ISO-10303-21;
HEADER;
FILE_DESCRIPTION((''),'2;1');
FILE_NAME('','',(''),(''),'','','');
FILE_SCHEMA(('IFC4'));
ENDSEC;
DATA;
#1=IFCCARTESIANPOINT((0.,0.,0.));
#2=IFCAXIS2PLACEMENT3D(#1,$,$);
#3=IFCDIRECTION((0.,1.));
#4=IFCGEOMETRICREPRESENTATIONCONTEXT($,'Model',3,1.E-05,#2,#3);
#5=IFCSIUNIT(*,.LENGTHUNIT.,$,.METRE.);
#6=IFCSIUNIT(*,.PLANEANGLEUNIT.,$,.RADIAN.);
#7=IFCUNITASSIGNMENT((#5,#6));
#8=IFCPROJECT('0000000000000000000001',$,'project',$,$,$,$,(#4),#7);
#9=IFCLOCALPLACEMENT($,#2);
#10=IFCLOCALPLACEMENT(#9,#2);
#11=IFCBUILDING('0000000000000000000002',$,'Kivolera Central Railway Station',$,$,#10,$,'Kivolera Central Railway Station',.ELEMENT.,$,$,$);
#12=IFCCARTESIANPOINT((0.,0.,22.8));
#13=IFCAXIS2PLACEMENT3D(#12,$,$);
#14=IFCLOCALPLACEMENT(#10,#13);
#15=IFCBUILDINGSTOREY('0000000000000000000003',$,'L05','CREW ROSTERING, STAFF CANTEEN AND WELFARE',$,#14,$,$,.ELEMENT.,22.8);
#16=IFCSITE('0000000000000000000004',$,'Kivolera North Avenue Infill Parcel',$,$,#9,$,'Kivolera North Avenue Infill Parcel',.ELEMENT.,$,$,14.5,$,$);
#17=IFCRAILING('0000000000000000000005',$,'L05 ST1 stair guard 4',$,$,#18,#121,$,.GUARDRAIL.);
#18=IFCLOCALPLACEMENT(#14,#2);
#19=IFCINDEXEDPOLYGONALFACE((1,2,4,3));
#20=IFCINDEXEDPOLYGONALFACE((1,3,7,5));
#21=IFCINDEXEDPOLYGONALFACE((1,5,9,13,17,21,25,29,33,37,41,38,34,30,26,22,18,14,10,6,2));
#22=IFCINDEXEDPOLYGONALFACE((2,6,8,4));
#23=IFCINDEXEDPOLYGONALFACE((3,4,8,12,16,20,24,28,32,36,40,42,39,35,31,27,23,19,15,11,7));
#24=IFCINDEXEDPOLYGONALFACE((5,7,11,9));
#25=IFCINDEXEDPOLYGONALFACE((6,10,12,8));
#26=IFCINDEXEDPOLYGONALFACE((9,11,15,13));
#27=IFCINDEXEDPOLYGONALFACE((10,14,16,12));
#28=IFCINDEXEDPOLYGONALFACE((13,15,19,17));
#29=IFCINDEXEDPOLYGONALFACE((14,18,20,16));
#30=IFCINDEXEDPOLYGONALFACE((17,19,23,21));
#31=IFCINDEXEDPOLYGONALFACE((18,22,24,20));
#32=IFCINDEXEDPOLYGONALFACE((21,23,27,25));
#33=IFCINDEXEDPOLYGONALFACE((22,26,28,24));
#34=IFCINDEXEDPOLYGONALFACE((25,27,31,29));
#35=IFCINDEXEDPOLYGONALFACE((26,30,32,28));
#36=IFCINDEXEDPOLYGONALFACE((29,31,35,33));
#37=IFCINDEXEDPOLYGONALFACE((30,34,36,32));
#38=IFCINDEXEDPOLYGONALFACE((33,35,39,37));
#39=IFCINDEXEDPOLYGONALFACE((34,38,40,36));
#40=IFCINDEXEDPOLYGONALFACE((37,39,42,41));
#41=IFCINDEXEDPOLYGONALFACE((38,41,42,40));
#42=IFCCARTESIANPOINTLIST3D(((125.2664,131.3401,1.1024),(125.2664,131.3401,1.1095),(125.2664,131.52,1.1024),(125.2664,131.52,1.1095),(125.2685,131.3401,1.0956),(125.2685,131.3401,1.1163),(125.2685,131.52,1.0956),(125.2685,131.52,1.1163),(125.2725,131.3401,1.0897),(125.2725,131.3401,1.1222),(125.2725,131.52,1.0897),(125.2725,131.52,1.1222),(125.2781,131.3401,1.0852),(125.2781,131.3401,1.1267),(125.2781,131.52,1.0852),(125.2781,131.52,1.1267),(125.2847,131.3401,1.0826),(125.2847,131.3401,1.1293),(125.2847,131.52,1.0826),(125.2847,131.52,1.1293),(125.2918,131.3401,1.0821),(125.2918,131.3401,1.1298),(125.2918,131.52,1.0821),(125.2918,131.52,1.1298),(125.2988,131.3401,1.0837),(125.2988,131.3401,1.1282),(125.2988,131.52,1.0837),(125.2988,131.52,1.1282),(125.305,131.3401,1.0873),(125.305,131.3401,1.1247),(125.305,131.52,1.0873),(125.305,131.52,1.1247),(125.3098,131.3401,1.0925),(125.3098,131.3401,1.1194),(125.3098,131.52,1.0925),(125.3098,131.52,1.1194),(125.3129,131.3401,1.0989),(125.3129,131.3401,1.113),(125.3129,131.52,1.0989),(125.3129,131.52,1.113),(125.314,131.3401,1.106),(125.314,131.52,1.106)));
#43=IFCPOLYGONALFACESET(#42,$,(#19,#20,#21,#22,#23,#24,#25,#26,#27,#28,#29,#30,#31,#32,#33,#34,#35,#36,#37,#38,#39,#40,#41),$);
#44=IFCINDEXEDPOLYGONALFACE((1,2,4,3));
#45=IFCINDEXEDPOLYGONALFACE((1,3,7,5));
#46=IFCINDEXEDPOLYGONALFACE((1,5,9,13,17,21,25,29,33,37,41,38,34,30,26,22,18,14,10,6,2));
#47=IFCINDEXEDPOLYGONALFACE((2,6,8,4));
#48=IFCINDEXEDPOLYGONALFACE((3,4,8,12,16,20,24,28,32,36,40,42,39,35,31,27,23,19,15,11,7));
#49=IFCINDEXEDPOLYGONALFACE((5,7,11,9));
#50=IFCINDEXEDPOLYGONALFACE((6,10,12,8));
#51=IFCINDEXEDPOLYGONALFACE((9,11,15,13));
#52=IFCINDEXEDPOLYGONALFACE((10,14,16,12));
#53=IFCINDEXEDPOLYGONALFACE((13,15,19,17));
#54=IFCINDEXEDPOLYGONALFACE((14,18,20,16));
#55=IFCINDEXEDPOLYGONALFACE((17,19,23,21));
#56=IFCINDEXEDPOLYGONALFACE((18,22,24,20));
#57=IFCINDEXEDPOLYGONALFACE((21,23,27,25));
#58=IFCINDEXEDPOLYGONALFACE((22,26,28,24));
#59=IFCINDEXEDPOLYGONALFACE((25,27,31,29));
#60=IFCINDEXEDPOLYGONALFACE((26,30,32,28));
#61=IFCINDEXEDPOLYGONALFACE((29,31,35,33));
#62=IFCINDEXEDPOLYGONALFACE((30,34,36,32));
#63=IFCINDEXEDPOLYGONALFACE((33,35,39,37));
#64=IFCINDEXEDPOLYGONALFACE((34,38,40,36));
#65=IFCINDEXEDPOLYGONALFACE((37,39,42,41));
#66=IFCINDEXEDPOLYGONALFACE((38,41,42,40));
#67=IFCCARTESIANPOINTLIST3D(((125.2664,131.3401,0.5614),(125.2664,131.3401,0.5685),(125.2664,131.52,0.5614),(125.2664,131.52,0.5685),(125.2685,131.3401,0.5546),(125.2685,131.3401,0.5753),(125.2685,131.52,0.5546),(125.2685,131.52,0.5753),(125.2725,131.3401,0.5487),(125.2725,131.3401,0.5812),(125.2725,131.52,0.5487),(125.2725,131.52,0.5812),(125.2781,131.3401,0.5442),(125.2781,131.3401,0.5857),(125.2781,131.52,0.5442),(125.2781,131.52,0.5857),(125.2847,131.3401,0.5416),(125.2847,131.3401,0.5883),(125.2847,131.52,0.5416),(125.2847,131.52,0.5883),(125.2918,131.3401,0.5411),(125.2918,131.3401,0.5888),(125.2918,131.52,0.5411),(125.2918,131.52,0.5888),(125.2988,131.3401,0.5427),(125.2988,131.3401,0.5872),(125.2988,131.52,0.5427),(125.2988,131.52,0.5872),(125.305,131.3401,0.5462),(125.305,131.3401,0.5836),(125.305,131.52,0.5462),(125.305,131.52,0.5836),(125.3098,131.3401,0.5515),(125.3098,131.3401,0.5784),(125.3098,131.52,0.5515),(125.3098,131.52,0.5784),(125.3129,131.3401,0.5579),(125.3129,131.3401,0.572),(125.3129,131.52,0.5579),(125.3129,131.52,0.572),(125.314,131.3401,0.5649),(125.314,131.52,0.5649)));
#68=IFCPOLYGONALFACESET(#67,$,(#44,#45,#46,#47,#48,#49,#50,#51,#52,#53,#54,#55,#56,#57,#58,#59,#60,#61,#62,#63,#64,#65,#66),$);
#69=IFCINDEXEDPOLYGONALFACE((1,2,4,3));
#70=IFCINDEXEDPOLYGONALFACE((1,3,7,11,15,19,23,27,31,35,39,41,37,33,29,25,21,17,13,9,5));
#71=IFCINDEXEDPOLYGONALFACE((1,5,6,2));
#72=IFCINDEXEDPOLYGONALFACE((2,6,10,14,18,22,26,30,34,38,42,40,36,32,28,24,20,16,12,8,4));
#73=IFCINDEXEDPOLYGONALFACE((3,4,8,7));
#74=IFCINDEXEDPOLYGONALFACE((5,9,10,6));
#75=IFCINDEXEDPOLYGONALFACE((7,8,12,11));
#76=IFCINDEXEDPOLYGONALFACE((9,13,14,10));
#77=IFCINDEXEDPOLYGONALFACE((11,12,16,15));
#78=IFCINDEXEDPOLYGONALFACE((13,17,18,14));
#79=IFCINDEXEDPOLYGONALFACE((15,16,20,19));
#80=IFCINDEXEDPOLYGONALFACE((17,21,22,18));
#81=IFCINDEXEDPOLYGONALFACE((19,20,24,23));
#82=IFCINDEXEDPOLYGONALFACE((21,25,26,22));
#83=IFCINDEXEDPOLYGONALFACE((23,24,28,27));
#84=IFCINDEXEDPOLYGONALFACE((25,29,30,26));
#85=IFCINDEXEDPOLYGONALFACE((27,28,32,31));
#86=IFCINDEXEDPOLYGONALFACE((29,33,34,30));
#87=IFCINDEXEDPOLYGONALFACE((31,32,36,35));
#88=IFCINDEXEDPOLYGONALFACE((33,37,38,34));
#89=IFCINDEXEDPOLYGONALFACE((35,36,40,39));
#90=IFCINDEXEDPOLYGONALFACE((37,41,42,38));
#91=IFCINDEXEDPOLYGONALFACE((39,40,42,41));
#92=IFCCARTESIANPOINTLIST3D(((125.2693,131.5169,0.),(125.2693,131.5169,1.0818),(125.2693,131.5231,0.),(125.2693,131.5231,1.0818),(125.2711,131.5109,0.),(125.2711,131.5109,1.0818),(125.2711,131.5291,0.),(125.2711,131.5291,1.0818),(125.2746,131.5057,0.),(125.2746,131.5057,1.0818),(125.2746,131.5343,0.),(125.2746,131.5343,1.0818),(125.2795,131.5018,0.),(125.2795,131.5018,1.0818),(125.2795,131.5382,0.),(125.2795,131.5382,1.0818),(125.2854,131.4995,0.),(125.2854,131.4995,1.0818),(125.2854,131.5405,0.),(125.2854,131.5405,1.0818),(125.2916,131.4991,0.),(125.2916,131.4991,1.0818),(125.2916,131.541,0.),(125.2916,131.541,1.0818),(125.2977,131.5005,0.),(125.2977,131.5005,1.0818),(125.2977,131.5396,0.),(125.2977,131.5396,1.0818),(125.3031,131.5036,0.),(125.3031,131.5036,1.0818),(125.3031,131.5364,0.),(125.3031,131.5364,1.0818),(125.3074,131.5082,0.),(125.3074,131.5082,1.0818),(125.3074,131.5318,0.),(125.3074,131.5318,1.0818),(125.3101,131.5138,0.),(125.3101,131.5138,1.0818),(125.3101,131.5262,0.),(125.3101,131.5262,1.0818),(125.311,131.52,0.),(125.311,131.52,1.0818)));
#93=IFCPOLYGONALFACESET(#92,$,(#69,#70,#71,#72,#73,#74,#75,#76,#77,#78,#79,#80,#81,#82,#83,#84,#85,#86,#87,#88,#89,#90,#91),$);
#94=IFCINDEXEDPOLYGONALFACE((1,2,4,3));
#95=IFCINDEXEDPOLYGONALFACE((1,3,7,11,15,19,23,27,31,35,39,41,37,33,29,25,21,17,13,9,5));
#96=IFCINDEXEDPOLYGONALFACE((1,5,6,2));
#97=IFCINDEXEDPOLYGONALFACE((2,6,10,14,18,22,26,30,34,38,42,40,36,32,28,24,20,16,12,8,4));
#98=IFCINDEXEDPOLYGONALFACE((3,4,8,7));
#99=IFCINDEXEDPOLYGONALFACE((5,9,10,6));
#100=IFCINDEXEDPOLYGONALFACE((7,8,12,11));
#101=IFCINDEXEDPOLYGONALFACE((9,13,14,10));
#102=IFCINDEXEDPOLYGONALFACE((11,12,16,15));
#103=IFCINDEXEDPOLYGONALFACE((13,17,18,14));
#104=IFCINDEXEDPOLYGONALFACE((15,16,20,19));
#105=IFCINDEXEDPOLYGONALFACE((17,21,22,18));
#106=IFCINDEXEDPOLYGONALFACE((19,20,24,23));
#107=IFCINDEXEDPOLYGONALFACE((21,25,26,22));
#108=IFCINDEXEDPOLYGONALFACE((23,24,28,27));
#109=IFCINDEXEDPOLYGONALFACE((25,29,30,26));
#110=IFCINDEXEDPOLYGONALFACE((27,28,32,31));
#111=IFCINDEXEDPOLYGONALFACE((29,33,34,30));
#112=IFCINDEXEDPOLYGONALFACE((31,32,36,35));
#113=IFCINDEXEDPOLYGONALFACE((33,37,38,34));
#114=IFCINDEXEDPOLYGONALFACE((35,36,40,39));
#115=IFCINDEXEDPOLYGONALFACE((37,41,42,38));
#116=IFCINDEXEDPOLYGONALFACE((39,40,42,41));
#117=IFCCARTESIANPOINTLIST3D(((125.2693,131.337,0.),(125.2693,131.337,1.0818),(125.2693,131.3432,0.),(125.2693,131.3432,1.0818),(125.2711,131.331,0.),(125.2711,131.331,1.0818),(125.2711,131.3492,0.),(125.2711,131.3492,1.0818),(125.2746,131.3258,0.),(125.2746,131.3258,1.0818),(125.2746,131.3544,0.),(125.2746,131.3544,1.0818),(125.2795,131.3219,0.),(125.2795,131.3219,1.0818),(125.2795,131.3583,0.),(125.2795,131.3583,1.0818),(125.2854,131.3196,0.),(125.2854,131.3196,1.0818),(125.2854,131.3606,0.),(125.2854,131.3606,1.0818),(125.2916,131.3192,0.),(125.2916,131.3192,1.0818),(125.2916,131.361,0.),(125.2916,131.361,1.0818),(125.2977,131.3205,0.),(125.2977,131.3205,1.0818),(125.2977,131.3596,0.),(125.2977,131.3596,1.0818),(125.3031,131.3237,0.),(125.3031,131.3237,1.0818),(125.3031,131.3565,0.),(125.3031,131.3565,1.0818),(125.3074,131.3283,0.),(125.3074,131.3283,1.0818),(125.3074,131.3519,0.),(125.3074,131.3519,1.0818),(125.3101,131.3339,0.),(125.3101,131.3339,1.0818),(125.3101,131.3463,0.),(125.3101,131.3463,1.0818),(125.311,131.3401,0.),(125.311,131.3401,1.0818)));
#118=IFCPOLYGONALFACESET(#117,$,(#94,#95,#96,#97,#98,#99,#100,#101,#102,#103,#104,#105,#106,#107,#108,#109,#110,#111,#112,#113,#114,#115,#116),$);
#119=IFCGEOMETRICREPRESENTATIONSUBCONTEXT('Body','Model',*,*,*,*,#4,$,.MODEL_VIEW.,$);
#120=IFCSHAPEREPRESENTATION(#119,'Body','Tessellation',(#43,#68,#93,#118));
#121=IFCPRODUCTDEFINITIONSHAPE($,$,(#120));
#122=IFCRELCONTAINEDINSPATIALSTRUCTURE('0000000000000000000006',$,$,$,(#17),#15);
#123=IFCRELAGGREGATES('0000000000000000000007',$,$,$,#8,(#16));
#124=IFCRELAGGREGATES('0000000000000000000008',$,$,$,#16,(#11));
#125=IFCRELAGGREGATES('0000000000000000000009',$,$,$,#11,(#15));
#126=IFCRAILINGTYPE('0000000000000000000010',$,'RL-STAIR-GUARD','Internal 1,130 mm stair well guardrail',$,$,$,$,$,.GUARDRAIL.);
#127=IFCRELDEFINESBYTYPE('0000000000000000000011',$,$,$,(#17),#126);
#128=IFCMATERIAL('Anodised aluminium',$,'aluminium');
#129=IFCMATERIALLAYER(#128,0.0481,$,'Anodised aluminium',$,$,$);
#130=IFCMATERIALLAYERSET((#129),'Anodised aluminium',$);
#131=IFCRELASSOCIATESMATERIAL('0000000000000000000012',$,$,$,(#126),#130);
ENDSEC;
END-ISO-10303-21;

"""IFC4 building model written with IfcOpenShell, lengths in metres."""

from ifc_helpers import new_model, si_unit, direction, frame, origin, origin_2d, place, context, subcontext, project, spatial, circle, extrude, material, layer, layer_set, type_object, element, save


model = new_model("IFC4")

# Units and contexts
model_context = context("Model", 3, precision=1e-05, world=origin(), true_north=direction((0.0, 1.0)))
body_context = subcontext(model_context, "Body", "Model", "MODEL_VIEW")
ifc_project = project(units=[si_unit("LENGTHUNIT", "METRE"), si_unit("PLANEANGLEUNIT", "RADIAN")], contexts=[model_context])

# Site, building, storey
site_placement = place(None, origin())
site = spatial("IfcSite", under=ifc_project, at=site_placement, Name="Kivolera North Avenue Infill Parcel", LongName="Kivolera North Avenue Infill Parcel", CompositionType="ELEMENT", RefElevation=14.5)
building_placement = place(site_placement, origin())
building = spatial("IfcBuilding", under=site, at=building_placement, Name="Kivolera Central Railway Station", LongName="Kivolera Central Railway Station", CompositionType="ELEMENT")
storey_placement = place(building_placement, frame((0.0, 0.0, 22.8)))
storey = spatial("IfcBuildingStorey", under=building, at=storey_placement, Name="L05", Description="CREW ROSTERING, STAFF CANTEEN AND WELFARE", CompositionType="ELEMENT", Elevation=22.8)

# Shared definitions
ifc_material_1 = material(Name="Anodised aluminium", Category="aluminium")

# Railing
ifc_layer_1 = layer(ifc_material_1, 0.0481, Name="Anodised aluminium")
ifc_layer_set_1 = layer_set([ifc_layer_1], Name="Anodised aluminium")
railing_type_1 = type_object("IfcRailingType", Name="RL-STAIR-GUARD", Description="Internal 1,130 mm stair well guardrail", PredefinedType="GUARDRAIL", material=ifc_layer_set_1)
railing_1_placement = place(storey_placement, frame((125.29, 131.52, 0.0)))
element("IfcRailing", 1, at=railing_1_placement, inside=storey, type_object=railing_type_1, Name="L05 ST1 stair guard 4", PredefinedType="GUARDRAIL", context=body_context, shape_type="SweptSolid", body=[
    extrude(circle(Radius=0.0239, at=origin_2d()), frame((0.0, 0.0, 1.106), z_axis=(0.0, -1.0, 0.0), x_axis=(1.0, 0.0, 0.0)), (0.0, 0.0, 1.0), 0.1799),
    extrude(circle(Radius=0.0239, at=origin_2d()), frame((0.0, 0.0, 0.5649), z_axis=(0.0, -1.0, 0.0), x_axis=(1.0, 0.0, 0.0)), (0.0, 0.0, 1.0), 0.1799),
    extrude(circle(Radius=0.021, at=origin_2d()), origin(), (0.0, 0.0, 1.0), 1.0818),
    extrude(circle(Radius=0.021, at=origin_2d()), frame((0.0, -0.1799, 0.0)), (0.0, 0.0, 1.0), 1.0818),
])

save(model, "model.ifc")
